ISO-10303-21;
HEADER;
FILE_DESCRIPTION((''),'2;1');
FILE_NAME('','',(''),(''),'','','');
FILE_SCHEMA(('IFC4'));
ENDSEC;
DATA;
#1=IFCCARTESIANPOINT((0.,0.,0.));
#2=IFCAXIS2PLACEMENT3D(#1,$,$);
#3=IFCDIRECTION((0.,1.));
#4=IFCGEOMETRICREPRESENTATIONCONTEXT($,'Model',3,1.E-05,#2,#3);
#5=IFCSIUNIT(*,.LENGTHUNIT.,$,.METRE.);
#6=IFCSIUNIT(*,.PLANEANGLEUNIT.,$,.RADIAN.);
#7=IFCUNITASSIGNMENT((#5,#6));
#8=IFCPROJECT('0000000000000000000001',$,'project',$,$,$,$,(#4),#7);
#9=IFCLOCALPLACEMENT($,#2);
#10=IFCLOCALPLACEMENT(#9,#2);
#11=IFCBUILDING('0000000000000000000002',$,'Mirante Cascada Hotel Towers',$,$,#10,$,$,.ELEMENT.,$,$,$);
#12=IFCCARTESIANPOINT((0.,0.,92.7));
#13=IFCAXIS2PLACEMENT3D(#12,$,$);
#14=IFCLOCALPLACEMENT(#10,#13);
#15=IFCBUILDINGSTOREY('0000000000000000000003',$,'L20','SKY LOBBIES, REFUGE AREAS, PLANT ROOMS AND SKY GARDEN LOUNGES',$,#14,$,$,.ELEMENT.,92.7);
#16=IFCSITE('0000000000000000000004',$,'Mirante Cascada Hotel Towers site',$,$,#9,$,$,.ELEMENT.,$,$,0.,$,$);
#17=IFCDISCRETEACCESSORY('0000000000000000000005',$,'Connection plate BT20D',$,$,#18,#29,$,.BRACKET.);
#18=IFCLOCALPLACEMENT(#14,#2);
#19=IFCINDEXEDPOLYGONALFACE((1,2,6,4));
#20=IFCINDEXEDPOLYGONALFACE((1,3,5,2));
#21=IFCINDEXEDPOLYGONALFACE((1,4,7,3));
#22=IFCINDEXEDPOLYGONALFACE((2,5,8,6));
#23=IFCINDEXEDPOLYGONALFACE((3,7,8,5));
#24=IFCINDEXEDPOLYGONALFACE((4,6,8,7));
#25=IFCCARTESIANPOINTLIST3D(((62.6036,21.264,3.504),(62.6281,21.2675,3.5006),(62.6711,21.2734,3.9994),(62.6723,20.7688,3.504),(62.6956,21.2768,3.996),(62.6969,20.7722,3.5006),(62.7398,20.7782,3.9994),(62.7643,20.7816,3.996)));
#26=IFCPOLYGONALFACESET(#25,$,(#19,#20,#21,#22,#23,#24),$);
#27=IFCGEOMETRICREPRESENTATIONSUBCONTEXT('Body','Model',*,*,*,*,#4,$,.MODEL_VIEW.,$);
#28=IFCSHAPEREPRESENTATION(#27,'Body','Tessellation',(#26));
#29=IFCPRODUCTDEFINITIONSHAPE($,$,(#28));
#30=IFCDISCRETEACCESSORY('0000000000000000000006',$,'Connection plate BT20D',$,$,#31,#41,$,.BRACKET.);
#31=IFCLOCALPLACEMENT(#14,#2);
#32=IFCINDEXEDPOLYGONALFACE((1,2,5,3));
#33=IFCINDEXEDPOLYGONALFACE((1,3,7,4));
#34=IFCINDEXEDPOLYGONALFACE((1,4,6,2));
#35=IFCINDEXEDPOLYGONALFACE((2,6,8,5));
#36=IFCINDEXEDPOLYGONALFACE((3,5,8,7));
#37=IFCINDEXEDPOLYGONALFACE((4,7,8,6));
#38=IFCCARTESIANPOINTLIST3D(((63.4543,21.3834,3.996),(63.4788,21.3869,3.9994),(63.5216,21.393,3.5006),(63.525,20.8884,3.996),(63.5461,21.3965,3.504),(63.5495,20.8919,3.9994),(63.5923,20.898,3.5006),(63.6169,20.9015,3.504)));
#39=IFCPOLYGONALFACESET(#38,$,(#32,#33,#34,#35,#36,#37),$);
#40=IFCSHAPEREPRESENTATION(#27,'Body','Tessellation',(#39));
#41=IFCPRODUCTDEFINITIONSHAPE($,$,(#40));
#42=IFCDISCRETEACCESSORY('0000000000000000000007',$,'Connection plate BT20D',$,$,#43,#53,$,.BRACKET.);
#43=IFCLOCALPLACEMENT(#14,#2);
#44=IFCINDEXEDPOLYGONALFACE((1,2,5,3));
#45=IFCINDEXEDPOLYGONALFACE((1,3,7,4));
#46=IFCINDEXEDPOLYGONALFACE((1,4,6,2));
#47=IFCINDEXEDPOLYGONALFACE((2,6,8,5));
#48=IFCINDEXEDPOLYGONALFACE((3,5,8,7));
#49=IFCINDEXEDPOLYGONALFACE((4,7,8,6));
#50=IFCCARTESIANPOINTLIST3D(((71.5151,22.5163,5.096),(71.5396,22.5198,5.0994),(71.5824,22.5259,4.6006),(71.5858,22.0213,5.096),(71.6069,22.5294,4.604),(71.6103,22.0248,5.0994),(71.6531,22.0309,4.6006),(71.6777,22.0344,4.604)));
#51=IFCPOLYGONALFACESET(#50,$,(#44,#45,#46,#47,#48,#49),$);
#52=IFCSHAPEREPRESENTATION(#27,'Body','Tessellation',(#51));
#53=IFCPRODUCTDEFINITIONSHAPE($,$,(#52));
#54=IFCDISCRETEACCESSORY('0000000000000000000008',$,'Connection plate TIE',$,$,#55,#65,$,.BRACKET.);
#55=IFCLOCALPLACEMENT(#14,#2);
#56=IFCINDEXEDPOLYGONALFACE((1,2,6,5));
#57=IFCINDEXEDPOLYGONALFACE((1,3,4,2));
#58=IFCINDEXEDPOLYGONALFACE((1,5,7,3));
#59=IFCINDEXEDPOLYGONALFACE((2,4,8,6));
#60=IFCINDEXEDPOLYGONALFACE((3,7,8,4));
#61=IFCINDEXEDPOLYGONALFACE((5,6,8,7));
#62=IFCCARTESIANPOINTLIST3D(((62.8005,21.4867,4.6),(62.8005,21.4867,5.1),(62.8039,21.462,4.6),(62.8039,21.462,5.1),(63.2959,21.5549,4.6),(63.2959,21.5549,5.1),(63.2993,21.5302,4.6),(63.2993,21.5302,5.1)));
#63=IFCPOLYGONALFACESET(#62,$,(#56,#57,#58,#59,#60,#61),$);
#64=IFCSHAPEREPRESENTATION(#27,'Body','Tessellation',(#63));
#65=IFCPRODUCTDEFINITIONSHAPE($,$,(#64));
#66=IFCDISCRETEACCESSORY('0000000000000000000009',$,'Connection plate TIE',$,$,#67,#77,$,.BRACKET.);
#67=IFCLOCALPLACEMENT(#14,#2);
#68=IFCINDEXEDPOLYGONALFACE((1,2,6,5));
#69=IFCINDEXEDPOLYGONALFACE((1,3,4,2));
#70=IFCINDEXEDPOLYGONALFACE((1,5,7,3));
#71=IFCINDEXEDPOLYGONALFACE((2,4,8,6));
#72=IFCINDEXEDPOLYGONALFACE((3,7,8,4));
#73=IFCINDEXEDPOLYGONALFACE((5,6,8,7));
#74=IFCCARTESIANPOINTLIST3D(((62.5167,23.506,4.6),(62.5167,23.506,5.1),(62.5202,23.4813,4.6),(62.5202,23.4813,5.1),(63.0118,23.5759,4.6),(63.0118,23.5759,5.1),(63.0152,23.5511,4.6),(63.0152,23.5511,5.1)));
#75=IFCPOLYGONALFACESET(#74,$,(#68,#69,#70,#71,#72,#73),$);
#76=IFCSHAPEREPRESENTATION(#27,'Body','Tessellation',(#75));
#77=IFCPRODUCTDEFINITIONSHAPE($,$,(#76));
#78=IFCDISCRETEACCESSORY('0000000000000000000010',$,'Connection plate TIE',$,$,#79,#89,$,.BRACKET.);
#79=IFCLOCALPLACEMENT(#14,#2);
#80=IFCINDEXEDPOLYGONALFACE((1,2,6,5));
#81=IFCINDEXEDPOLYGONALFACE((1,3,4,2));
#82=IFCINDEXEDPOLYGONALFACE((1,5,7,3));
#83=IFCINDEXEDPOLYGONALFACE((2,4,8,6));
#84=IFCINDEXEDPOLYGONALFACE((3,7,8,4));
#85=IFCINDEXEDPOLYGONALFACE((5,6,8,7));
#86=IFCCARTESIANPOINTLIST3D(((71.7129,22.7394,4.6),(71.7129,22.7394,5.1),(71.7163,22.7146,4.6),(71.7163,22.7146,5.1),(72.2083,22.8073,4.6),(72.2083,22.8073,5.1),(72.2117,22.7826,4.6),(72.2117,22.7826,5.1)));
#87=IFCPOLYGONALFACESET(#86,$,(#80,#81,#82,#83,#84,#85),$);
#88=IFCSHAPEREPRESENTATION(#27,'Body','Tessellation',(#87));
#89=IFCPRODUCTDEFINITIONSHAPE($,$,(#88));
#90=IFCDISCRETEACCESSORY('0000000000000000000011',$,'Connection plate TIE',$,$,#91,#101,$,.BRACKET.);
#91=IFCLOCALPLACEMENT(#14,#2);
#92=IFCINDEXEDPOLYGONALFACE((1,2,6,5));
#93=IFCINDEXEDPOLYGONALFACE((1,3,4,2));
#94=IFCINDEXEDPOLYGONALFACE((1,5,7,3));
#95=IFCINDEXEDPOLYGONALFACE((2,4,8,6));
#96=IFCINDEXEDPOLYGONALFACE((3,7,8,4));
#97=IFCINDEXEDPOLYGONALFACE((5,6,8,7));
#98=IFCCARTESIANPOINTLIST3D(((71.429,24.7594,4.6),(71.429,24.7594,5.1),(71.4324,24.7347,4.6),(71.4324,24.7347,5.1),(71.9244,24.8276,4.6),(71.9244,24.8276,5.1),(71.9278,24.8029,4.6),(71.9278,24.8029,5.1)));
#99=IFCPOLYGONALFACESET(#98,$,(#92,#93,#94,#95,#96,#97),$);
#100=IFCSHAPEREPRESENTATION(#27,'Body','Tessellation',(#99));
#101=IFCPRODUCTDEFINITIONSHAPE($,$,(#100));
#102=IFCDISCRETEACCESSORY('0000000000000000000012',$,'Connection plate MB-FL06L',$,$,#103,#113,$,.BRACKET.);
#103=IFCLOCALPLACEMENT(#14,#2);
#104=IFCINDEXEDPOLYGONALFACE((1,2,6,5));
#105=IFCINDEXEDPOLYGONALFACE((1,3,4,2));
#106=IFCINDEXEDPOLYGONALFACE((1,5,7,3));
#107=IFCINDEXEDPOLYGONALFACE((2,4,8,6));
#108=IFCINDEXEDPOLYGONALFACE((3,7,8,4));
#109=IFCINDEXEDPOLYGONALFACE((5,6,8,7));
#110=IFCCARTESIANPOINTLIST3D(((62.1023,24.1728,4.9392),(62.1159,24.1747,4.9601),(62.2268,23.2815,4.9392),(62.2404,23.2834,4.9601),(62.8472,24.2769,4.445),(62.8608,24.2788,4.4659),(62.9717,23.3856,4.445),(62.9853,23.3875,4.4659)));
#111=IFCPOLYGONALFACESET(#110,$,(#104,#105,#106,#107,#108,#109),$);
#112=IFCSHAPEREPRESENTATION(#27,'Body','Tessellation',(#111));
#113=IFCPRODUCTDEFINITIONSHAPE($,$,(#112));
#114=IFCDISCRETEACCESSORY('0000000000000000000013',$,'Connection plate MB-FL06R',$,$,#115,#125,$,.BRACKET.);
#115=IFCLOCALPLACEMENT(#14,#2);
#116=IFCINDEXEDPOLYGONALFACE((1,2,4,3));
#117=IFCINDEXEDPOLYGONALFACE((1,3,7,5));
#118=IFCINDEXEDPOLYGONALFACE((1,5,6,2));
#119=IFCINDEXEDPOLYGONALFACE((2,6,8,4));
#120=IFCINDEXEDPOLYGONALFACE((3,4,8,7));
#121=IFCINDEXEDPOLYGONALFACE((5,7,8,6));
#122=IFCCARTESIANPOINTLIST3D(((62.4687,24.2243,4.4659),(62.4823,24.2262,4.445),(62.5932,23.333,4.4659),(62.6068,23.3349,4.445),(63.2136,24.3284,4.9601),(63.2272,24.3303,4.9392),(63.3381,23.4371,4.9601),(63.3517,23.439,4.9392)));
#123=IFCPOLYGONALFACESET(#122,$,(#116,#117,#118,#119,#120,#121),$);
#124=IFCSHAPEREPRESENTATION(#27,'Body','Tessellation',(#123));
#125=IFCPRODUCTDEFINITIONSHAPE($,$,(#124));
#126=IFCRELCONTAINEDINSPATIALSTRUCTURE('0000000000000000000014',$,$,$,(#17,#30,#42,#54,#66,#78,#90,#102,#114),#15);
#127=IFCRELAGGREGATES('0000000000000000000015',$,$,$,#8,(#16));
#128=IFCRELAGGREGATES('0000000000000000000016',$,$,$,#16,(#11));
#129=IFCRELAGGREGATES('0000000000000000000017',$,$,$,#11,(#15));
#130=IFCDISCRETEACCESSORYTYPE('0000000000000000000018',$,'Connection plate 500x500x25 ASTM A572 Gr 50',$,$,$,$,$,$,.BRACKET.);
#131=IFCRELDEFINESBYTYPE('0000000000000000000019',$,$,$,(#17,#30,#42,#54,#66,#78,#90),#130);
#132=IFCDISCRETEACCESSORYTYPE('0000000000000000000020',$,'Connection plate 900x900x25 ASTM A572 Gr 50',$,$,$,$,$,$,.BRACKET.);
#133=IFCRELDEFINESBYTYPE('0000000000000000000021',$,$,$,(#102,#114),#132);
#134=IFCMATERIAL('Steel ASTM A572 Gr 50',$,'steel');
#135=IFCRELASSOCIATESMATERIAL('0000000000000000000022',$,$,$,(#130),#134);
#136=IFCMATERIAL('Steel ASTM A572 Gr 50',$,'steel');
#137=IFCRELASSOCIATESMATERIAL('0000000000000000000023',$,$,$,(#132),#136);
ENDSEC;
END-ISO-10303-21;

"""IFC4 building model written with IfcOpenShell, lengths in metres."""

from ifc_helpers import new_model, si_unit, direction, frame, origin, origin_2d, place, context, subcontext, project, spatial, rectangle, extrude, material, material_profile, profile_set, type_object, element, save


model = new_model("IFC4")

# Units and contexts
model_context = context("Model", 3, precision=1e-05, world=origin(), true_north=direction((0.0, 1.0)))
body_context = subcontext(model_context, "Body", "Model", "MODEL_VIEW")
ifc_project = project(units=[si_unit("LENGTHUNIT", "METRE"), si_unit("PLANEANGLEUNIT", "RADIAN")], contexts=[model_context])

# Site, building, storey
site_placement = place(None, origin())
site = spatial("IfcSite", under=ifc_project, at=site_placement, Name="Mirante Cascada Hotel Towers site", CompositionType="ELEMENT", RefElevation=0.0)
building_placement = place(site_placement, origin())
building = spatial("IfcBuilding", under=site, at=building_placement, Name="Mirante Cascada Hotel Towers", CompositionType="ELEMENT")
storey_placement = place(building_placement, frame((0.0, 0.0, 92.7)))
storey = spatial("IfcBuildingStorey", under=building, at=storey_placement, Name="L20", Description="SKY LOBBIES, REFUGE AREAS, PLANT ROOMS AND SKY GARDEN LOUNGES", CompositionType="ELEMENT", Elevation=92.7)

# Discrete accessories
ifc_material_1 = material(Name="Steel ASTM A572 Gr 50", Category="steel")
ifc_material_profile_1 = material_profile(ifc_material_1, rectangle(XDim=0.5, YDim=0.5, at=origin_2d()), Name="Connection plate 500x500x25 ASTM A572 Gr 50")
ifc_profile_set_1 = profile_set([ifc_material_profile_1], Name="Steel ASTM A572 Gr 50")
discrete_accessory_type_1 = type_object("IfcDiscreteAccessoryType", Name="Connection plate 500x500x25 ASTM A572 Gr 50", PredefinedType="BRACKET", material=ifc_profile_set_1)
for number, where, z_axis, x_axis, name in (
    (1, (62.6717, 21.0211, 3.7517), (0.98128, 0.136178, -0.136178), (-0.137458, 0.990508, 0.0), "Connection plate BT20D"),
    (2, (63.5233, 21.1407, 3.7483), (0.980738, 0.140105, 0.136102), (-0.141421, 0.98995, 0.0), "Connection plate BT20D"),
    (3, (71.5841, 22.2736, 4.8483), (0.980738, 0.140105, 0.136102), (-0.141421, 0.98995, 0.0), "Connection plate BT20D"),
):
    element("IfcDiscreteAccessory", number, at=place(storey_placement, frame(where, z_axis=z_axis, x_axis=x_axis)), inside=storey, type_object=discrete_accessory_type_1, Name=name, PredefinedType="BRACKET", context=body_context, shape_type="SweptSolid", body=[
        extrude(rectangle(XDim=0.5, YDim=0.5, at=origin_2d()), origin(), (0.0, 0.0, 1.0), 0.025),
    ])
discrete_accessory_1_placement = place(storey_placement, frame((63.0516, 21.4961, 4.85), z_axis=(-0.136366, 0.990658, 0.0), x_axis=(-0.990658, -0.136366, 0.0)))
element("IfcDiscreteAccessory", 4, at=discrete_accessory_1_placement, inside=storey, type_object=discrete_accessory_type_1, Name="Connection plate TIE", PredefinedType="BRACKET", context=body_context, shape_type="SweptSolid", body=[
    extrude(rectangle(XDim=0.5, YDim=0.5, at=origin_2d()), origin(), (0.0, 0.0, 1.0), 0.0249),
])
for number, where, z_axis, x_axis, name in (
    (5, (62.7677, 23.5162, 4.85), (-0.139744, 0.990188, 0.0), (-0.990188, -0.139744, 0.0), "Connection plate TIE"),
    (6, (71.964, 22.7486, 4.85), (-0.135826, 0.990733, 0.0), (-0.990733, -0.135826, 0.0), "Connection plate TIE"),
):
    element("IfcDiscreteAccessory", number, at=place(storey_placement, frame(where, z_axis=z_axis, x_axis=x_axis)), inside=storey, type_object=discrete_accessory_type_1, Name=name, PredefinedType="BRACKET", context=body_context, shape_type="SweptSolid", body=[
        extrude(rectangle(XDim=0.5, YDim=0.5, at=origin_2d()), origin(), (0.0, 0.0, 1.0), 0.025),
    ])
discrete_accessory_2_placement = place(storey_placement, frame((71.6801, 24.7688, 4.85), z_axis=(-0.136366, 0.990658, 0.0), x_axis=(-0.990658, -0.136366, 0.0)))
element("IfcDiscreteAccessory", 7, at=discrete_accessory_2_placement, inside=storey, type_object=discrete_accessory_type_1, Name="Connection plate TIE", PredefinedType="BRACKET", context=body_context, shape_type="SweptSolid", body=[
    extrude(rectangle(XDim=0.5, YDim=0.5, at=origin_2d()), origin(), (0.0, 0.0, 1.0), 0.0249),
])
ifc_material_2 = material(Name="Steel ASTM A572 Gr 50", Category="steel")
ifc_material_profile_2 = material_profile(ifc_material_2, rectangle(XDim=0.9, YDim=0.9, at=origin_2d()), Name="Connection plate 900x900x25 ASTM A572 Gr 50")
ifc_profile_set_2 = profile_set([ifc_material_profile_2], Name="Steel ASTM A572 Gr 50")
discrete_accessory_type_2 = type_object("IfcDiscreteAccessoryType", Name="Connection plate 900x900x25 ASTM A572 Gr 50", PredefinedType="BRACKET", material=ifc_profile_set_2)
for number, where, z_axis, x_axis, name in (
    (8, (62.537, 23.7792, 4.6921), (0.543835, 0.075977, 0.835746), (-0.138362, 0.990382, 0.0), "Connection plate MB-FL06L"),
    (9, (62.917, 23.8326, 4.6921), (-0.543835, -0.075977, 0.835746), (0.138362, -0.990382, 0.0), "Connection plate MB-FL06R"),
):
    element("IfcDiscreteAccessory", number, at=place(storey_placement, frame(where, z_axis=z_axis, x_axis=x_axis)), inside=storey, type_object=discrete_accessory_type_2, Name=name, PredefinedType="BRACKET", context=body_context, shape_type="SweptSolid", body=[
        extrude(rectangle(XDim=0.9, YDim=0.9, at=origin_2d()), origin(), (0.0, 0.0, 1.0), 0.025),
    ])

save(model, "model.ifc")
